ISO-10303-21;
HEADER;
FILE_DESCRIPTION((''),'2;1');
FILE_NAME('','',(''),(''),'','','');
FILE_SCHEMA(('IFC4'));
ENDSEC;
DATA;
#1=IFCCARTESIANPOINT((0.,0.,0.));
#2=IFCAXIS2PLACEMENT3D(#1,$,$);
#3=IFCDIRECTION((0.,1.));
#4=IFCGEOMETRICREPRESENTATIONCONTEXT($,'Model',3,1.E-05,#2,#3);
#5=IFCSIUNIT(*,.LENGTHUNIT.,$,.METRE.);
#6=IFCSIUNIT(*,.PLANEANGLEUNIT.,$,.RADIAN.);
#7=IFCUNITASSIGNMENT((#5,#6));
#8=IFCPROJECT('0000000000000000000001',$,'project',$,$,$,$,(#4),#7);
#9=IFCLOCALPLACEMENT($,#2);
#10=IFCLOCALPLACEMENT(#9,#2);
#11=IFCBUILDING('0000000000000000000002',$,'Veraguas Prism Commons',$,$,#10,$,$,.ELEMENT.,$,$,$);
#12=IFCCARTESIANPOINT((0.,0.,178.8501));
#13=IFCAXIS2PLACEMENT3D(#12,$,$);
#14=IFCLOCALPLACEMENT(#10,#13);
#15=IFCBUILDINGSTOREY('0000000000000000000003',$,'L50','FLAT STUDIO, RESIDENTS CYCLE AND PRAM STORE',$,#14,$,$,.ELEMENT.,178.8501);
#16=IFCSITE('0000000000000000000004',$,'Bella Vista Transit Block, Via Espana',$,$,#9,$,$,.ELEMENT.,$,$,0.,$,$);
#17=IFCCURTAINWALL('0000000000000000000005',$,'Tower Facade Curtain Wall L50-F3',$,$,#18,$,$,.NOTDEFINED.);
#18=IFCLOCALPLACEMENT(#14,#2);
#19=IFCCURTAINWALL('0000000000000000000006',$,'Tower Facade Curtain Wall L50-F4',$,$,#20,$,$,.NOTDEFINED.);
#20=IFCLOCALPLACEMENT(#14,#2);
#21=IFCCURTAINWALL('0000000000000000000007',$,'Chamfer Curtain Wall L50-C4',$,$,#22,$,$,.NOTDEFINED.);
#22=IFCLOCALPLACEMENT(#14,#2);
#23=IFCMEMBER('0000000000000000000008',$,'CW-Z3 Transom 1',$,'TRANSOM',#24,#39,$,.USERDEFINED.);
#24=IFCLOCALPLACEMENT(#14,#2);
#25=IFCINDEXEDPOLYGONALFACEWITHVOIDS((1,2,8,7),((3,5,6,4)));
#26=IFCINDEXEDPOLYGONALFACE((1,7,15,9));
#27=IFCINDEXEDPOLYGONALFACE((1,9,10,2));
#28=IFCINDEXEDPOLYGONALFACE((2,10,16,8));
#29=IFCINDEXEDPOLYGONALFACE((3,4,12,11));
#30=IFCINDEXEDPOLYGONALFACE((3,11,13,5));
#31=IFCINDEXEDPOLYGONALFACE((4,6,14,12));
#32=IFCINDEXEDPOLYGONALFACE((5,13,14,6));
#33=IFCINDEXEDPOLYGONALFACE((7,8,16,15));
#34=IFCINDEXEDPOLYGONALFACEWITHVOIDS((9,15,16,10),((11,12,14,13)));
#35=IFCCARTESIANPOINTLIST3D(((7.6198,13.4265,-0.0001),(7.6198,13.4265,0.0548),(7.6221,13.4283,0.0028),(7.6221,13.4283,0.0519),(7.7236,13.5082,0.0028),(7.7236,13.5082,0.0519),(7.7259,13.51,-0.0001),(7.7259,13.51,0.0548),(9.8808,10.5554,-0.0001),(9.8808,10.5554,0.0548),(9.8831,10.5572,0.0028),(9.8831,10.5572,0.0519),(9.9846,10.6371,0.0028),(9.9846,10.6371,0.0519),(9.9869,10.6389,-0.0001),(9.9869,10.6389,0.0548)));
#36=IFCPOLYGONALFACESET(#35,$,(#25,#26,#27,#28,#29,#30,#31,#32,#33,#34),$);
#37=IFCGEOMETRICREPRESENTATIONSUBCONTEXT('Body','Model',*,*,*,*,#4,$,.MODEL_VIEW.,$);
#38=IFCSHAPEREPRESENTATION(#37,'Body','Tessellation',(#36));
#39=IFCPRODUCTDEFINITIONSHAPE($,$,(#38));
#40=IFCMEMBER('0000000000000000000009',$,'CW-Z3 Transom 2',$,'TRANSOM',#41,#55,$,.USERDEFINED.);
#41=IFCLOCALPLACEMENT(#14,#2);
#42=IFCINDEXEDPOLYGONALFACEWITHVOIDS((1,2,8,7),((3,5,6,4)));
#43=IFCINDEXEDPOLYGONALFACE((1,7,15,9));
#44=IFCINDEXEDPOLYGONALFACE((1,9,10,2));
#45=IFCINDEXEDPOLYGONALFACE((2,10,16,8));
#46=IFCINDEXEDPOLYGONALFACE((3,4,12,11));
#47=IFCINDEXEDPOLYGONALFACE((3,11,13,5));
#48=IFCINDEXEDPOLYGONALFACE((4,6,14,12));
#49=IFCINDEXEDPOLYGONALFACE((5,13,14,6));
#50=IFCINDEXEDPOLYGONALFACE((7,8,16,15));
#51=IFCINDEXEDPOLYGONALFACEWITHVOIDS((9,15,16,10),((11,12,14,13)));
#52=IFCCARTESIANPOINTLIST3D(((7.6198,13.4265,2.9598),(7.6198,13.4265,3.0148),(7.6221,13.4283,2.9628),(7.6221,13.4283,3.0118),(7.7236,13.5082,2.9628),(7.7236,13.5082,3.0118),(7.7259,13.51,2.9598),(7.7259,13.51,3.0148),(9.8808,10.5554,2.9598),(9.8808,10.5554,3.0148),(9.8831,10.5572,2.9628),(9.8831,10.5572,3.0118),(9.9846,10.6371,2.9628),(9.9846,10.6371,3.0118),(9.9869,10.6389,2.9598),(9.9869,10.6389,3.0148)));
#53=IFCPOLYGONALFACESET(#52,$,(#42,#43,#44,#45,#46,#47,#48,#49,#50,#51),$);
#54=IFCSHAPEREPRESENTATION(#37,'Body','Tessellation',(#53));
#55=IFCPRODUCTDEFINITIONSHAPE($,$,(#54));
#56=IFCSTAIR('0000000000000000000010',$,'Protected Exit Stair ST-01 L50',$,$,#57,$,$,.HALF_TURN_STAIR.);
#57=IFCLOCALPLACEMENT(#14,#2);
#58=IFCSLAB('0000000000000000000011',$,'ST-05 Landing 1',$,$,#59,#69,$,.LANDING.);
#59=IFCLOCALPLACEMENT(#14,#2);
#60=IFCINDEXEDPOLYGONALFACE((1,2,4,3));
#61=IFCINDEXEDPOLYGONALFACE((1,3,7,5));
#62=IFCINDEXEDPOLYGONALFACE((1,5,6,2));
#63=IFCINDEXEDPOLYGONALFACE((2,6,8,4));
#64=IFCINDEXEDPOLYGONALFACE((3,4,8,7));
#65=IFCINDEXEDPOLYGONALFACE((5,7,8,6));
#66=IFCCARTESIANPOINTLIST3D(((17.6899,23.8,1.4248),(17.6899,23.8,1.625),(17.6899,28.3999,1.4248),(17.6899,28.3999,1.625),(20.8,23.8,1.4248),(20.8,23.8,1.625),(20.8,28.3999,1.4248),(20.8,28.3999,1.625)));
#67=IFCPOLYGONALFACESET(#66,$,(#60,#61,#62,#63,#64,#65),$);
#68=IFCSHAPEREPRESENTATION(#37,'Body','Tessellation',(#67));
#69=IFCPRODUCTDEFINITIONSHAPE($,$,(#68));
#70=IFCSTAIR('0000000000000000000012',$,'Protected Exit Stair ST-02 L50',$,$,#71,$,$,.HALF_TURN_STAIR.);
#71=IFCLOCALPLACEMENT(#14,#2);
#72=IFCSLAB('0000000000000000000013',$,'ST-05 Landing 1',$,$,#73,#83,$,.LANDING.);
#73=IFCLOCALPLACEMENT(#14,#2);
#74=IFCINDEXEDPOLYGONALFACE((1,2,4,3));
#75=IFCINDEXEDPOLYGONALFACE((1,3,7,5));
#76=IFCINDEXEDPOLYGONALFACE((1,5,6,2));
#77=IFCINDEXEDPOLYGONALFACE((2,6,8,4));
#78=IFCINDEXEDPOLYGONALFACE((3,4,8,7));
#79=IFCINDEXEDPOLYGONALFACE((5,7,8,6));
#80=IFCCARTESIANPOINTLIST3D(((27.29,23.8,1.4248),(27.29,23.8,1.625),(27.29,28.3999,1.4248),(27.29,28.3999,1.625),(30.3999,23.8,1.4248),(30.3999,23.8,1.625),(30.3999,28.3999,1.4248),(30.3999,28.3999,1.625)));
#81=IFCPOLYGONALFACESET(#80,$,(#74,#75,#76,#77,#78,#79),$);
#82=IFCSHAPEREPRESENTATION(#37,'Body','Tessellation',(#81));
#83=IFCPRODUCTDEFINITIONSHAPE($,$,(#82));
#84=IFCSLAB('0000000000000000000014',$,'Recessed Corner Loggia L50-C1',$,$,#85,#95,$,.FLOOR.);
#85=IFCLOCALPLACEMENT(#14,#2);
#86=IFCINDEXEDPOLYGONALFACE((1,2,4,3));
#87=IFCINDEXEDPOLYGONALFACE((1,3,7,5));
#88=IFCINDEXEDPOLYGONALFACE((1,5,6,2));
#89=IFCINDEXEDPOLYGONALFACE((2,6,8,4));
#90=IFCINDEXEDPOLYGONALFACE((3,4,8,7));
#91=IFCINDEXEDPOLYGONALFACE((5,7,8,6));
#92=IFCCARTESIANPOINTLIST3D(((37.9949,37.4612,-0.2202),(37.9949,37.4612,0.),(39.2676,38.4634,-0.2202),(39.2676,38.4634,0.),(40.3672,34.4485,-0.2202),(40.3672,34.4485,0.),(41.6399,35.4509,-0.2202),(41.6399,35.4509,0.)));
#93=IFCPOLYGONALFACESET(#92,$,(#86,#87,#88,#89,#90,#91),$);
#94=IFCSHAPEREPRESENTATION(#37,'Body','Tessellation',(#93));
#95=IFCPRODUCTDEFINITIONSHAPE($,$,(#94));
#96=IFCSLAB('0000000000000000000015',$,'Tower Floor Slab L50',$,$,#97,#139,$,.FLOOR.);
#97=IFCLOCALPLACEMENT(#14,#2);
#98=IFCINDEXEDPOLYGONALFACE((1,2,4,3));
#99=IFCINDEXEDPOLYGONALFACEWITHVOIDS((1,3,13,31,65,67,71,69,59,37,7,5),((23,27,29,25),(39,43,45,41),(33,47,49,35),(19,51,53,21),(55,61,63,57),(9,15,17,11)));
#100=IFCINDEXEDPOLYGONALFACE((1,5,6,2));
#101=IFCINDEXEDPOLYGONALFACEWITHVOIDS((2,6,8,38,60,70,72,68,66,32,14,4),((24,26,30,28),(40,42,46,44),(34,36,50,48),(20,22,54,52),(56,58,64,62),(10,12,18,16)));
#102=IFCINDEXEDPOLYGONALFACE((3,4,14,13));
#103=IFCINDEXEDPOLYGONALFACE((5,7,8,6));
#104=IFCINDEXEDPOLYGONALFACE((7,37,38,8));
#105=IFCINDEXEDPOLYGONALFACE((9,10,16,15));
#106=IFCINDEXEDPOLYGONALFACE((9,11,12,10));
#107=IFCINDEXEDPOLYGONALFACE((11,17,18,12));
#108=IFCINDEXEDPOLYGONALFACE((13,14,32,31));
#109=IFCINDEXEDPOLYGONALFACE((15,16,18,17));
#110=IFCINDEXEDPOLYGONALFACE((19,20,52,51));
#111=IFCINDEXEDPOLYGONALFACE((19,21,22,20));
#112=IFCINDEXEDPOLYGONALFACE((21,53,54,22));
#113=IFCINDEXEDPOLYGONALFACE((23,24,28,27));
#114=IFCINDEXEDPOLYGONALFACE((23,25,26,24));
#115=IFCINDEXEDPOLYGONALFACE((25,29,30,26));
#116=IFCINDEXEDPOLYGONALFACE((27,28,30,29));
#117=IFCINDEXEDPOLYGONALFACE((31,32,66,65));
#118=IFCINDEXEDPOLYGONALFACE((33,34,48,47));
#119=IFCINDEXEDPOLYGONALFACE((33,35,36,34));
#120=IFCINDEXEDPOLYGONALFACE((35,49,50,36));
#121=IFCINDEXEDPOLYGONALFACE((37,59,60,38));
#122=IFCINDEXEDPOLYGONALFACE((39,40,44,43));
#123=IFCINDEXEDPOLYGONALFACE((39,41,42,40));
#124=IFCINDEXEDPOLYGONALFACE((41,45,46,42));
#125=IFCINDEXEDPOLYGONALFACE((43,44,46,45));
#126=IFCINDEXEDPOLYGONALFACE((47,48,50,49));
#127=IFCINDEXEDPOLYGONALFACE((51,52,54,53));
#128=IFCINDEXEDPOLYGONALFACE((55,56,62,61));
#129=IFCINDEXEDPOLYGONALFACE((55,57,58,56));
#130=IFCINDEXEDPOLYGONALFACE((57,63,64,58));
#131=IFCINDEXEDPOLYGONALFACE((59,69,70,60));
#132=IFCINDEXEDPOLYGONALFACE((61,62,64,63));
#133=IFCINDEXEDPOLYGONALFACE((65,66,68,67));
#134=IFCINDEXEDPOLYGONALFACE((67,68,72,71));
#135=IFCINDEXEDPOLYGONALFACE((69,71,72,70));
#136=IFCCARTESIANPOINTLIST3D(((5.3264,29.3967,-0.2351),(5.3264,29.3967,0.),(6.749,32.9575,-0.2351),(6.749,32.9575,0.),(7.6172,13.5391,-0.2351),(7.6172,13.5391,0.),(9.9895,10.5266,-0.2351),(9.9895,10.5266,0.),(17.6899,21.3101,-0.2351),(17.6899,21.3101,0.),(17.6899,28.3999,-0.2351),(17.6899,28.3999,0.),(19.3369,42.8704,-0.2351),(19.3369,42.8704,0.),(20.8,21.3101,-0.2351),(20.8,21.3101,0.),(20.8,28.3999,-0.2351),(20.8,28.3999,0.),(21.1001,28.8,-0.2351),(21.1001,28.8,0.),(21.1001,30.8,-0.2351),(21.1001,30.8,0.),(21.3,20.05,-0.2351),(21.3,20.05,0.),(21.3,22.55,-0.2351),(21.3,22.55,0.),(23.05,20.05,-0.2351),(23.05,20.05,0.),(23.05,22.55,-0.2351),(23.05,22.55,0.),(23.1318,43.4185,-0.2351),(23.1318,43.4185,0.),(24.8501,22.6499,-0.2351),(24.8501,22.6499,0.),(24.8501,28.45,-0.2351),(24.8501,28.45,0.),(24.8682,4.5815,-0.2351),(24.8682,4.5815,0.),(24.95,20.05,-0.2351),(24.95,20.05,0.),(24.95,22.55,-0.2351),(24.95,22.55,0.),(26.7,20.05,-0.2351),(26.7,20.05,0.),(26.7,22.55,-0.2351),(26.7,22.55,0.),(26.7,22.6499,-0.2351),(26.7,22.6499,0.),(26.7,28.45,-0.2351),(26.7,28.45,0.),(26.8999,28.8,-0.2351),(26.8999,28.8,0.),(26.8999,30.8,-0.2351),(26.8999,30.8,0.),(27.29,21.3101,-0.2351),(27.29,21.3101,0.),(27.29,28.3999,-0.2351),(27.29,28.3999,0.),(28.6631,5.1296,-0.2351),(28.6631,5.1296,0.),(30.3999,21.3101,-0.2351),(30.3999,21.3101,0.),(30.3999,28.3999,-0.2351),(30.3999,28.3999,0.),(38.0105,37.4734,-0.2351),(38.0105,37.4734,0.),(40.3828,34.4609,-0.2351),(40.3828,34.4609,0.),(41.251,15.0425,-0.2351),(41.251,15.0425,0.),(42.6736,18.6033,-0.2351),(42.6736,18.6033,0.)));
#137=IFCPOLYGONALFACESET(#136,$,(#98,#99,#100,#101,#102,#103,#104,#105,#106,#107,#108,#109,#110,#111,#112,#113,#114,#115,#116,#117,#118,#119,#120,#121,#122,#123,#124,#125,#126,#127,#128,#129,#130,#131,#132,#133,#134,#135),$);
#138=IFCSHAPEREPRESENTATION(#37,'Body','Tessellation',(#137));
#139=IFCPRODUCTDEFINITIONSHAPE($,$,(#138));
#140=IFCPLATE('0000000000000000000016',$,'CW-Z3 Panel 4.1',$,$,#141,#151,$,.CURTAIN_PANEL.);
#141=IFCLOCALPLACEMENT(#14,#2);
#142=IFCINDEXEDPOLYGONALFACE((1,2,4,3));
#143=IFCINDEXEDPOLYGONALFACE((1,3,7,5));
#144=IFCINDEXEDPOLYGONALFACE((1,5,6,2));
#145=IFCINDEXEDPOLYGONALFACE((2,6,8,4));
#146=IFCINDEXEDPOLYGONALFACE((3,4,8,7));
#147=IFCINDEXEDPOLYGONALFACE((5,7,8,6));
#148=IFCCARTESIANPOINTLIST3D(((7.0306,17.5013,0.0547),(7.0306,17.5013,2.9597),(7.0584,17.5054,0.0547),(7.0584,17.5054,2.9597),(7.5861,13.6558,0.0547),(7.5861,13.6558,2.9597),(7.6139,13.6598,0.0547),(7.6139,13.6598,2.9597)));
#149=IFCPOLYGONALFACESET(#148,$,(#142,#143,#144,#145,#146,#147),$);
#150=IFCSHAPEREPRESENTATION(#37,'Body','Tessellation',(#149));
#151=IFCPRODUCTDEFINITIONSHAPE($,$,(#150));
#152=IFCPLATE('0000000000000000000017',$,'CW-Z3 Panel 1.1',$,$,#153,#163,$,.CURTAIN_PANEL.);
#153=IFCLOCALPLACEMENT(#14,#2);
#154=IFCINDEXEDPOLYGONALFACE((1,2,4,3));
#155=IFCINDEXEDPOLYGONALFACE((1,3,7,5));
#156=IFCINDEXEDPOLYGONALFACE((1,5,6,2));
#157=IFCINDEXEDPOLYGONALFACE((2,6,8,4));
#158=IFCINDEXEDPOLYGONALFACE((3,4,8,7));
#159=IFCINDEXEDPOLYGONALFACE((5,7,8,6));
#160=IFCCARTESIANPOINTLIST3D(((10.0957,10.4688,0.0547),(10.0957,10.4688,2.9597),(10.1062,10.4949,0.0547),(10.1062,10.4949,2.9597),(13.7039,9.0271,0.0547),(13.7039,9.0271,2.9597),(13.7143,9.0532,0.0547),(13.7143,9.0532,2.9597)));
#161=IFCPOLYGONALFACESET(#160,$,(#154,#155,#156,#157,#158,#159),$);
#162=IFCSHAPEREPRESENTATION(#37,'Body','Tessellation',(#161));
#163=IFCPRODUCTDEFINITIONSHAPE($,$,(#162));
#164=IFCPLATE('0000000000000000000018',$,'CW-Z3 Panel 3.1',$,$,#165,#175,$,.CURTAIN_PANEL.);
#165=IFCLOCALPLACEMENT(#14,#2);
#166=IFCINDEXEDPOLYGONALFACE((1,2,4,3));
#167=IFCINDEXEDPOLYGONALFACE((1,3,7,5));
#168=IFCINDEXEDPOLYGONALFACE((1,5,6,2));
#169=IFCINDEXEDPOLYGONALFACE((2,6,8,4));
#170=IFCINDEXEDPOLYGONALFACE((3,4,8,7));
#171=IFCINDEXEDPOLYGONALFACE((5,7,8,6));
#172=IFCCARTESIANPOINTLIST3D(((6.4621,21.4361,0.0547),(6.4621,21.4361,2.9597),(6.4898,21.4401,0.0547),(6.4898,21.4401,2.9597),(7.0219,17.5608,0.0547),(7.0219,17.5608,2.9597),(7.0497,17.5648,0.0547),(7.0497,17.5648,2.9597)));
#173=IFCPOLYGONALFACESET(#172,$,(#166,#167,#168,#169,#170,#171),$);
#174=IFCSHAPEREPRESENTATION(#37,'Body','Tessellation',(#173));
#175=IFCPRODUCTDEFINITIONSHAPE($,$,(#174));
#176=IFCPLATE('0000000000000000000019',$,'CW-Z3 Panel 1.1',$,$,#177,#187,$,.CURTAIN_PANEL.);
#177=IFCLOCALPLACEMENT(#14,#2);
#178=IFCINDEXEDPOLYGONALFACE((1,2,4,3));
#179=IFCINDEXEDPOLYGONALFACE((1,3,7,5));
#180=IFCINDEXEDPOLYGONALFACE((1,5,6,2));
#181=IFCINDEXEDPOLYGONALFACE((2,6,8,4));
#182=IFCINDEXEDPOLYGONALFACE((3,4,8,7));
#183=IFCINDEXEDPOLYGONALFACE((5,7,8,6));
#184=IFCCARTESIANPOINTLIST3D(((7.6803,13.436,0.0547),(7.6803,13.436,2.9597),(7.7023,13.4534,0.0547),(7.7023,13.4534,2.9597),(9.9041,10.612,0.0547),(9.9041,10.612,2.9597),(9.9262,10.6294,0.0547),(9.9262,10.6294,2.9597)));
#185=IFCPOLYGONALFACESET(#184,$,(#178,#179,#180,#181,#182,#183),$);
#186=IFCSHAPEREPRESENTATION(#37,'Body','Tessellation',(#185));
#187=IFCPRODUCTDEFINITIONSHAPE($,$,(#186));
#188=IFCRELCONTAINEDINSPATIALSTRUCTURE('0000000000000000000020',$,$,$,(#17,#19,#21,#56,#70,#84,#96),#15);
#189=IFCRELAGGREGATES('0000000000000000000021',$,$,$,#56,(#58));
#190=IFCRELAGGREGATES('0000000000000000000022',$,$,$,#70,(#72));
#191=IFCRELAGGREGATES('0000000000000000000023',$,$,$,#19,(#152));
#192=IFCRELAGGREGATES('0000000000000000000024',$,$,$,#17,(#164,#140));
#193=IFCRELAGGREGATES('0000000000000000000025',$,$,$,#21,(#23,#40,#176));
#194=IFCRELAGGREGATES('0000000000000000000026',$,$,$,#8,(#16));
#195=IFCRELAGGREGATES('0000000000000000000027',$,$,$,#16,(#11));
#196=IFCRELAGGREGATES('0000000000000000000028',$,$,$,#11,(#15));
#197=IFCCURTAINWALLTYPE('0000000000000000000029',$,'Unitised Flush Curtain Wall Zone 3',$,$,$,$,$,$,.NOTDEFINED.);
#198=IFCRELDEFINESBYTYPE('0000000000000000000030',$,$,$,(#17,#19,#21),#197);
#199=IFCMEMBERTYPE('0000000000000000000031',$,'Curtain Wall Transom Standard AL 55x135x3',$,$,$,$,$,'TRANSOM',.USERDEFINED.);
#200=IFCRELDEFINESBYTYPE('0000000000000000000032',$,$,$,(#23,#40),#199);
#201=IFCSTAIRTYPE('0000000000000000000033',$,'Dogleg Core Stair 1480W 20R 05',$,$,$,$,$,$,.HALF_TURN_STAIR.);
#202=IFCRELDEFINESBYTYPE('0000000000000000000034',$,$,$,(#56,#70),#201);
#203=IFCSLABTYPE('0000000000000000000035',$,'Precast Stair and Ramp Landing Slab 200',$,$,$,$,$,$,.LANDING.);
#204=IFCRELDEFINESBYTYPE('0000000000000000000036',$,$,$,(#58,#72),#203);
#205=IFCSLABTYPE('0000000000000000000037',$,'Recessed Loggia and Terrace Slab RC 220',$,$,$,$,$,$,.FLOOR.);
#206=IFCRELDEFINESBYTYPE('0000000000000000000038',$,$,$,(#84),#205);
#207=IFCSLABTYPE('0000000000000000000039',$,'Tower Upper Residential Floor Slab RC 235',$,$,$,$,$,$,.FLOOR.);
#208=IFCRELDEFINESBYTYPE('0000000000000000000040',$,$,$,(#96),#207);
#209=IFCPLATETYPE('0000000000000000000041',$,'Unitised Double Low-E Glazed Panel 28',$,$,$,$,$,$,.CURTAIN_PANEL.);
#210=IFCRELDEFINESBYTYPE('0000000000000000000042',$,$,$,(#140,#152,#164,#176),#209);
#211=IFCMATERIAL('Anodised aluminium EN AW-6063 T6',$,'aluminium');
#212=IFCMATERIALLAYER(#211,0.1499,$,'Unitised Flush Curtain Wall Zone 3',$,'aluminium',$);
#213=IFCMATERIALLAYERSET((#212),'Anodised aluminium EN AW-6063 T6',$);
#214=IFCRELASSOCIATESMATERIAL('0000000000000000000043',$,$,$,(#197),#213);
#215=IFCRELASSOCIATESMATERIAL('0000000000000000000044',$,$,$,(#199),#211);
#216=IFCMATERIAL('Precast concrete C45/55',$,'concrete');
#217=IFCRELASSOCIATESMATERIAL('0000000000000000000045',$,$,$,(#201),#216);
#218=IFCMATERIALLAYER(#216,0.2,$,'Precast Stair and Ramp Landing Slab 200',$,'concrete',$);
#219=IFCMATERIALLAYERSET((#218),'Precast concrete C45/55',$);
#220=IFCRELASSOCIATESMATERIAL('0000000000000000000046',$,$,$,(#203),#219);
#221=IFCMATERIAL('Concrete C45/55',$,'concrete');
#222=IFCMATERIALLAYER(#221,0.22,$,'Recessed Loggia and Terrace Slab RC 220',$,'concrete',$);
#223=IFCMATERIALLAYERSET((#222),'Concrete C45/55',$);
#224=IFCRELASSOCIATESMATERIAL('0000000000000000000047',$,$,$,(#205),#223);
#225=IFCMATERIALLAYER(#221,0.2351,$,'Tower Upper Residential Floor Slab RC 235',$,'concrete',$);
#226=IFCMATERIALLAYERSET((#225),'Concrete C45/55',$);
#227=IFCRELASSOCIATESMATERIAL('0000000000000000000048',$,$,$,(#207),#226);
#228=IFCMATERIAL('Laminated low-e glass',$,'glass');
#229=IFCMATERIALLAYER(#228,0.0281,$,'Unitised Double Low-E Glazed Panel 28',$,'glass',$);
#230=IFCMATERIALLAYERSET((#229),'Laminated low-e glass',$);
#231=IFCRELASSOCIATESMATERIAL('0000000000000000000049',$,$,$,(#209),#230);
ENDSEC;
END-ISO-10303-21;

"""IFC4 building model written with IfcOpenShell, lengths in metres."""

from ifc_helpers import new_model, si_unit, direction, frame, origin, origin_2d, place, context, subcontext, project, spatial, polyline, rectangle, hollow_rectangle, outline, extrude, source, transform, mapped, material, layer, layer_set, material_profile, profile_set, type_object, element, aggregate, save


model = new_model("IFC4")

# Units and contexts
model_context = context("Model", 3, precision=1e-05, world=origin(), true_north=direction((0.0, 1.0)))
body_context = subcontext(model_context, "Body", "Model", "MODEL_VIEW")
ifc_project = project(units=[si_unit("LENGTHUNIT", "METRE"), si_unit("PLANEANGLEUNIT", "RADIAN")], contexts=[model_context])

# Site, building, storey
site_placement = place(None, origin())
site = spatial("IfcSite", under=ifc_project, at=site_placement, Name="Bella Vista Transit Block, Via Espana", CompositionType="ELEMENT", RefElevation=0.0)
building_placement = place(site_placement, origin())
building = spatial("IfcBuilding", under=site, at=building_placement, Name="Veraguas Prism Commons", CompositionType="ELEMENT")
storey_placement = place(building_placement, frame((0.0, 0.0, 178.8501)))
storey = spatial("IfcBuildingStorey", under=building, at=storey_placement, Name="L50", Description="FLAT STUDIO, RESIDENTS CYCLE AND PRAM STORE", CompositionType="ELEMENT", Elevation=178.8501)

# Curtain wall
ifc_material_1 = material(Name="Anodised aluminium EN AW-6063 T6", Category="aluminium")
ifc_layer_1 = layer(ifc_material_1, 0.1499, Name="Unitised Flush Curtain Wall Zone 3", Category="aluminium")
ifc_layer_set_1 = layer_set([ifc_layer_1], Name="Anodised aluminium EN AW-6063 T6")
curtain_wall_type = type_object("IfcCurtainWallType", Name="Unitised Flush Curtain Wall Zone 3", PredefinedType="NOTDEFINED", material=ifc_layer_set_1)
curtain_wall_1_placement = place(storey_placement, origin())
curtain_wall_1 = element("IfcCurtainWall", 1, at=curtain_wall_1_placement, inside=storey, type_object=curtain_wall_type, Name="Tower Facade Curtain Wall L50-F3", PredefinedType="NOTDEFINED")

# Curtain wall
curtain_wall_2_placement = place(storey_placement, origin())
curtain_wall_2 = element("IfcCurtainWall", 2, at=curtain_wall_2_placement, inside=storey, type_object=curtain_wall_type, Name="Tower Facade Curtain Wall L50-F4", PredefinedType="NOTDEFINED")

# Curtain wall
curtain_wall_3_placement = place(storey_placement, origin())
curtain_wall_3 = element("IfcCurtainWall", 3, at=curtain_wall_3_placement, inside=storey, type_object=curtain_wall_type, Name="Chamfer Curtain Wall L50-C4", PredefinedType="NOTDEFINED")

# Members
ifc_material_profile_1 = material_profile(ifc_material_1, hollow_rectangle(XDim=0.0549, YDim=0.135, WallThickness=0.0029, at=origin_2d()), Name="AL55X135X3")
ifc_profile_set_1 = profile_set([ifc_material_profile_1], Name="Anodised aluminium EN AW-6063 T6")
member_type_1 = type_object("IfcMemberType", Name="Curtain Wall Transom Standard AL 55x135x3", ElementType="TRANSOM", PredefinedType="USERDEFINED", material=ifc_profile_set_1)
shared_shape_1 = source(origin(), body_context, "Body", "SweptSolid", [
    extrude(hollow_rectangle(XDim=0.0549, YDim=0.135, WallThickness=0.0029, at=origin_2d()), origin(), (0.0, 0.0, 1.0), 3.6545),
])
member_1_placement = place(storey_placement, frame((7.6729, 13.4683, 0.0273), z_axis=(0.618689, -0.785636, 0.0), x_axis=(0.0, 0.0, 1.0)))
member_1 = element("IfcMember", 4, at=member_1_placement, type_object=member_type_1, Name="CW-Z3 Transom 1", ObjectType="TRANSOM", PredefinedType="USERDEFINED", context=body_context, shape_type="MappedRepresentation", body=[
    mapped(shared_shape_1, transform((0.0, 0.0, 0.0), scale=1.0)),
])
member_2_placement = place(storey_placement, frame((7.6729, 13.4683, 2.9873), z_axis=(0.618689, -0.785636, 0.0), x_axis=(0.0, 0.0, 1.0)))
member_2 = element("IfcMember", 5, at=member_2_placement, type_object=member_type_1, Name="CW-Z3 Transom 2", ObjectType="TRANSOM", PredefinedType="USERDEFINED", context=body_context, shape_type="MappedRepresentation", body=[
    mapped(shared_shape_1, transform((0.0, 0.0, 0.0), scale=1.0)),
])

# Stairs, slabs
ifc_material_2 = material(Name="Precast concrete C45/55", Category="concrete")
stair_type = type_object("IfcStairType", Name="Dogleg Core Stair 1480W 20R 05", PredefinedType="HALF_TURN_STAIR", material=ifc_material_2)
stair_1_placement = place(storey_placement, origin())
stair_1 = element("IfcStair", 6, at=stair_1_placement, inside=storey, type_object=stair_type, Name="Protected Exit Stair ST-01 L50", PredefinedType="HALF_TURN_STAIR")
ifc_layer_2 = layer(ifc_material_2, 0.2, Name="Precast Stair and Ramp Landing Slab 200", Category="concrete")
ifc_layer_set_2 = layer_set([ifc_layer_2], Name="Precast concrete C45/55")
slab_type_1 = type_object("IfcSlabType", Name="Precast Stair and Ramp Landing Slab 200", PredefinedType="LANDING", material=ifc_layer_set_2)
slab_1_placement = place(storey_placement, frame((0.0, 0.0, 1.4248)))
slab_1 = element("IfcSlab", 7, at=slab_1_placement, type_object=slab_type_1, Name="ST-05 Landing 1", PredefinedType="LANDING", context=body_context, shape_type="SweptSolid", body=[
    extrude(outline(polyline([(20.8, 23.8), (20.8, 28.3999), (17.6899, 28.3999), (17.6899, 23.8), (20.8, 23.8)])), origin(), (0.0, 0.0, 1.0), 0.2002),
])
aggregate(stair_1, [slab_1])
stair_2_placement = place(storey_placement, origin())
stair_2 = element("IfcStair", 8, at=stair_2_placement, inside=storey, type_object=stair_type, Name="Protected Exit Stair ST-02 L50", PredefinedType="HALF_TURN_STAIR")
slab_2_placement = place(storey_placement, frame((0.0, 0.0, 1.4248)))
slab_2 = element("IfcSlab", 9, at=slab_2_placement, type_object=slab_type_1, Name="ST-05 Landing 1", PredefinedType="LANDING", context=body_context, shape_type="SweptSolid", body=[
    extrude(outline(polyline([(30.3999, 23.8), (30.3999, 28.3999), (27.29, 28.3999), (27.29, 23.8), (30.3999, 23.8)])), origin(), (0.0, 0.0, 1.0), 0.2002),
])
aggregate(stair_2, [slab_2])

# Slabs
ifc_material_3 = material(Name="Concrete C45/55", Category="concrete")
ifc_layer_3 = layer(ifc_material_3, 0.22, Name="Recessed Loggia and Terrace Slab RC 220", Category="concrete")
ifc_layer_set_3 = layer_set([ifc_layer_3], Name="Concrete C45/55")
slab_type_2 = type_object("IfcSlabType", Name="Recessed Loggia and Terrace Slab RC 220", PredefinedType="FLOOR", material=ifc_layer_set_3)
slab_3_placement = place(storey_placement, frame((0.0, 0.0, -0.2202)))
element("IfcSlab", 10, at=slab_3_placement, inside=storey, type_object=slab_type_2, Name="Recessed Corner Loggia L50-C1", PredefinedType="FLOOR", context=body_context, shape_type="SweptSolid", body=[
    extrude(outline(polyline([(40.3672, 34.4485), (41.6399, 35.4509), (39.2676, 38.4634), (37.9949, 37.4612), (40.3672, 34.4485)])), origin(), (0.0, 0.0, 1.0), 0.2202),
])
ifc_layer_4 = layer(ifc_material_3, 0.2351, Name="Tower Upper Residential Floor Slab RC 235", Category="concrete")
ifc_layer_set_4 = layer_set([ifc_layer_4], Name="Concrete C45/55")
slab_type_3 = type_object("IfcSlabType", Name="Tower Upper Residential Floor Slab RC 235", PredefinedType="FLOOR", material=ifc_layer_set_4)
slab_4_placement = place(storey_placement, frame((0.0, 0.0, -0.2351)))
element("IfcSlab", 11, at=slab_4_placement, inside=storey, type_object=slab_type_3, Name="Tower Floor Slab L50", PredefinedType="FLOOR", context=body_context, shape_type="SweptSolid", body=[
    extrude(outline(polyline([(40.3828, 34.4609), (38.0105, 37.4734), (23.1318, 43.4185), (19.3369, 42.8704), (6.749, 32.9575), (5.3264, 29.3967), (7.6172, 13.5391), (9.9895, 10.5266), (24.8682, 4.5815), (28.6631, 5.1296), (41.251, 15.0425), (42.6736, 18.6033), (40.3828, 34.4609)]), holes=[polyline([(20.8, 21.3101), (20.8, 28.3999), (17.6899, 28.3999), (17.6899, 21.3101), (20.8, 21.3101)]), polyline([(30.3999, 21.3101), (30.3999, 28.3999), (27.29, 28.3999), (27.29, 21.3101), (30.3999, 21.3101)]), polyline([(24.8501, 22.6499), (26.7, 22.6499), (26.7, 28.45), (24.8501, 28.45), (24.8501, 22.6499)]), polyline([(21.1001, 28.8), (26.8999, 28.8), (26.8999, 30.8), (21.1001, 30.8), (21.1001, 28.8)]), polyline([(21.3, 20.05), (23.05, 20.05), (23.05, 22.55), (21.3, 22.55), (21.3, 20.05)]), polyline([(24.95, 20.05), (26.7, 20.05), (26.7, 22.55), (24.95, 22.55), (24.95, 20.05)])]), origin(), (0.0, 0.0, 1.0), 0.2351),
])

# Plates
ifc_material_4 = material(Name="Laminated low-e glass", Category="glass")
ifc_layer_5 = layer(ifc_material_4, 0.0281, Name="Unitised Double Low-E Glazed Panel 28", Category="glass")
ifc_layer_set_5 = layer_set([ifc_layer_5], Name="Laminated low-e glass")
plate_type = type_object("IfcPlateType", Name="Unitised Double Low-E Glazed Panel 28", PredefinedType="CURTAIN_PANEL", material=ifc_layer_set_5)
shared_shape_2 = source(origin(), body_context, "Body", "SweptSolid", [
    extrude(rectangle(XDim=3.8855, YDim=0.0281, at=origin_2d()), origin(), (0.0, 0.0, 1.0), 2.905),
])
plate_1_placement = place(storey_placement, frame((7.3223, 15.5806, 0.0547), z_axis=(0.0, 0.0, 1.0), x_axis=(0.142973, -0.989727, 0.0)))
plate_1 = element("IfcPlate", 12, at=plate_1_placement, type_object=plate_type, Name="CW-Z3 Panel 4.1", PredefinedType="CURTAIN_PANEL", context=body_context, shape_type="MappedRepresentation", body=[
    mapped(shared_shape_2, transform((0.0, 0.0, 0.0), scale=1.0)),
])
plate_2_placement = place(storey_placement, frame((11.905, 9.761, 0.0547), z_axis=(0.0, 0.0, 1.0), x_axis=(0.928618, -0.371037, 0.0)))
plate_2 = element("IfcPlate", 13, at=plate_2_placement, type_object=plate_type, Name="CW-Z3 Panel 1.1", PredefinedType="CURTAIN_PANEL", context=body_context, shape_type="MappedRepresentation", body=[
    mapped(shared_shape_2, transform((0.0, 0.0, 0.0), scale=1.0)),
])
aggregate(curtain_wall_2, [plate_2])
shared_shape_3 = source(origin(), body_context, "Body", "SweptSolid", [
    extrude(rectangle(XDim=3.9155, YDim=0.0281, at=origin_2d()), origin(), (0.0, 0.0, 1.0), 2.905),
])
plate_3_placement = place(storey_placement, frame((6.7559, 19.5005, 0.0547), z_axis=(0.0, 0.0, 1.0), x_axis=(0.142973, -0.989727, 0.0)))
plate_3 = element("IfcPlate", 14, at=plate_3_placement, type_object=plate_type, Name="CW-Z3 Panel 3.1", PredefinedType="CURTAIN_PANEL", context=body_context, shape_type="MappedRepresentation", body=[
    mapped(shared_shape_3, transform((0.0, 0.0, 0.0), scale=1.0)),
])
aggregate(curtain_wall_1, [plate_3, plate_1])
shared_shape_4 = source(origin(), body_context, "Body", "SweptSolid", [
    extrude(rectangle(XDim=3.5945, YDim=0.0281, at=origin_2d()), origin(), (0.0, 0.0, 1.0), 2.905),
])
plate_4_placement = place(storey_placement, frame((8.8032, 12.0327, 0.0547), z_axis=(0.0, 0.0, 1.0), x_axis=(0.618679, -0.785644, 0.0)))
plate_4 = element("IfcPlate", 15, at=plate_4_placement, type_object=plate_type, Name="CW-Z3 Panel 1.1", PredefinedType="CURTAIN_PANEL", context=body_context, shape_type="MappedRepresentation", body=[
    mapped(shared_shape_4, transform((0.0, 0.0, 0.0), scale=1.0)),
])
aggregate(curtain_wall_3, [member_1, member_2, plate_4])

save(model, "model.ifc")
